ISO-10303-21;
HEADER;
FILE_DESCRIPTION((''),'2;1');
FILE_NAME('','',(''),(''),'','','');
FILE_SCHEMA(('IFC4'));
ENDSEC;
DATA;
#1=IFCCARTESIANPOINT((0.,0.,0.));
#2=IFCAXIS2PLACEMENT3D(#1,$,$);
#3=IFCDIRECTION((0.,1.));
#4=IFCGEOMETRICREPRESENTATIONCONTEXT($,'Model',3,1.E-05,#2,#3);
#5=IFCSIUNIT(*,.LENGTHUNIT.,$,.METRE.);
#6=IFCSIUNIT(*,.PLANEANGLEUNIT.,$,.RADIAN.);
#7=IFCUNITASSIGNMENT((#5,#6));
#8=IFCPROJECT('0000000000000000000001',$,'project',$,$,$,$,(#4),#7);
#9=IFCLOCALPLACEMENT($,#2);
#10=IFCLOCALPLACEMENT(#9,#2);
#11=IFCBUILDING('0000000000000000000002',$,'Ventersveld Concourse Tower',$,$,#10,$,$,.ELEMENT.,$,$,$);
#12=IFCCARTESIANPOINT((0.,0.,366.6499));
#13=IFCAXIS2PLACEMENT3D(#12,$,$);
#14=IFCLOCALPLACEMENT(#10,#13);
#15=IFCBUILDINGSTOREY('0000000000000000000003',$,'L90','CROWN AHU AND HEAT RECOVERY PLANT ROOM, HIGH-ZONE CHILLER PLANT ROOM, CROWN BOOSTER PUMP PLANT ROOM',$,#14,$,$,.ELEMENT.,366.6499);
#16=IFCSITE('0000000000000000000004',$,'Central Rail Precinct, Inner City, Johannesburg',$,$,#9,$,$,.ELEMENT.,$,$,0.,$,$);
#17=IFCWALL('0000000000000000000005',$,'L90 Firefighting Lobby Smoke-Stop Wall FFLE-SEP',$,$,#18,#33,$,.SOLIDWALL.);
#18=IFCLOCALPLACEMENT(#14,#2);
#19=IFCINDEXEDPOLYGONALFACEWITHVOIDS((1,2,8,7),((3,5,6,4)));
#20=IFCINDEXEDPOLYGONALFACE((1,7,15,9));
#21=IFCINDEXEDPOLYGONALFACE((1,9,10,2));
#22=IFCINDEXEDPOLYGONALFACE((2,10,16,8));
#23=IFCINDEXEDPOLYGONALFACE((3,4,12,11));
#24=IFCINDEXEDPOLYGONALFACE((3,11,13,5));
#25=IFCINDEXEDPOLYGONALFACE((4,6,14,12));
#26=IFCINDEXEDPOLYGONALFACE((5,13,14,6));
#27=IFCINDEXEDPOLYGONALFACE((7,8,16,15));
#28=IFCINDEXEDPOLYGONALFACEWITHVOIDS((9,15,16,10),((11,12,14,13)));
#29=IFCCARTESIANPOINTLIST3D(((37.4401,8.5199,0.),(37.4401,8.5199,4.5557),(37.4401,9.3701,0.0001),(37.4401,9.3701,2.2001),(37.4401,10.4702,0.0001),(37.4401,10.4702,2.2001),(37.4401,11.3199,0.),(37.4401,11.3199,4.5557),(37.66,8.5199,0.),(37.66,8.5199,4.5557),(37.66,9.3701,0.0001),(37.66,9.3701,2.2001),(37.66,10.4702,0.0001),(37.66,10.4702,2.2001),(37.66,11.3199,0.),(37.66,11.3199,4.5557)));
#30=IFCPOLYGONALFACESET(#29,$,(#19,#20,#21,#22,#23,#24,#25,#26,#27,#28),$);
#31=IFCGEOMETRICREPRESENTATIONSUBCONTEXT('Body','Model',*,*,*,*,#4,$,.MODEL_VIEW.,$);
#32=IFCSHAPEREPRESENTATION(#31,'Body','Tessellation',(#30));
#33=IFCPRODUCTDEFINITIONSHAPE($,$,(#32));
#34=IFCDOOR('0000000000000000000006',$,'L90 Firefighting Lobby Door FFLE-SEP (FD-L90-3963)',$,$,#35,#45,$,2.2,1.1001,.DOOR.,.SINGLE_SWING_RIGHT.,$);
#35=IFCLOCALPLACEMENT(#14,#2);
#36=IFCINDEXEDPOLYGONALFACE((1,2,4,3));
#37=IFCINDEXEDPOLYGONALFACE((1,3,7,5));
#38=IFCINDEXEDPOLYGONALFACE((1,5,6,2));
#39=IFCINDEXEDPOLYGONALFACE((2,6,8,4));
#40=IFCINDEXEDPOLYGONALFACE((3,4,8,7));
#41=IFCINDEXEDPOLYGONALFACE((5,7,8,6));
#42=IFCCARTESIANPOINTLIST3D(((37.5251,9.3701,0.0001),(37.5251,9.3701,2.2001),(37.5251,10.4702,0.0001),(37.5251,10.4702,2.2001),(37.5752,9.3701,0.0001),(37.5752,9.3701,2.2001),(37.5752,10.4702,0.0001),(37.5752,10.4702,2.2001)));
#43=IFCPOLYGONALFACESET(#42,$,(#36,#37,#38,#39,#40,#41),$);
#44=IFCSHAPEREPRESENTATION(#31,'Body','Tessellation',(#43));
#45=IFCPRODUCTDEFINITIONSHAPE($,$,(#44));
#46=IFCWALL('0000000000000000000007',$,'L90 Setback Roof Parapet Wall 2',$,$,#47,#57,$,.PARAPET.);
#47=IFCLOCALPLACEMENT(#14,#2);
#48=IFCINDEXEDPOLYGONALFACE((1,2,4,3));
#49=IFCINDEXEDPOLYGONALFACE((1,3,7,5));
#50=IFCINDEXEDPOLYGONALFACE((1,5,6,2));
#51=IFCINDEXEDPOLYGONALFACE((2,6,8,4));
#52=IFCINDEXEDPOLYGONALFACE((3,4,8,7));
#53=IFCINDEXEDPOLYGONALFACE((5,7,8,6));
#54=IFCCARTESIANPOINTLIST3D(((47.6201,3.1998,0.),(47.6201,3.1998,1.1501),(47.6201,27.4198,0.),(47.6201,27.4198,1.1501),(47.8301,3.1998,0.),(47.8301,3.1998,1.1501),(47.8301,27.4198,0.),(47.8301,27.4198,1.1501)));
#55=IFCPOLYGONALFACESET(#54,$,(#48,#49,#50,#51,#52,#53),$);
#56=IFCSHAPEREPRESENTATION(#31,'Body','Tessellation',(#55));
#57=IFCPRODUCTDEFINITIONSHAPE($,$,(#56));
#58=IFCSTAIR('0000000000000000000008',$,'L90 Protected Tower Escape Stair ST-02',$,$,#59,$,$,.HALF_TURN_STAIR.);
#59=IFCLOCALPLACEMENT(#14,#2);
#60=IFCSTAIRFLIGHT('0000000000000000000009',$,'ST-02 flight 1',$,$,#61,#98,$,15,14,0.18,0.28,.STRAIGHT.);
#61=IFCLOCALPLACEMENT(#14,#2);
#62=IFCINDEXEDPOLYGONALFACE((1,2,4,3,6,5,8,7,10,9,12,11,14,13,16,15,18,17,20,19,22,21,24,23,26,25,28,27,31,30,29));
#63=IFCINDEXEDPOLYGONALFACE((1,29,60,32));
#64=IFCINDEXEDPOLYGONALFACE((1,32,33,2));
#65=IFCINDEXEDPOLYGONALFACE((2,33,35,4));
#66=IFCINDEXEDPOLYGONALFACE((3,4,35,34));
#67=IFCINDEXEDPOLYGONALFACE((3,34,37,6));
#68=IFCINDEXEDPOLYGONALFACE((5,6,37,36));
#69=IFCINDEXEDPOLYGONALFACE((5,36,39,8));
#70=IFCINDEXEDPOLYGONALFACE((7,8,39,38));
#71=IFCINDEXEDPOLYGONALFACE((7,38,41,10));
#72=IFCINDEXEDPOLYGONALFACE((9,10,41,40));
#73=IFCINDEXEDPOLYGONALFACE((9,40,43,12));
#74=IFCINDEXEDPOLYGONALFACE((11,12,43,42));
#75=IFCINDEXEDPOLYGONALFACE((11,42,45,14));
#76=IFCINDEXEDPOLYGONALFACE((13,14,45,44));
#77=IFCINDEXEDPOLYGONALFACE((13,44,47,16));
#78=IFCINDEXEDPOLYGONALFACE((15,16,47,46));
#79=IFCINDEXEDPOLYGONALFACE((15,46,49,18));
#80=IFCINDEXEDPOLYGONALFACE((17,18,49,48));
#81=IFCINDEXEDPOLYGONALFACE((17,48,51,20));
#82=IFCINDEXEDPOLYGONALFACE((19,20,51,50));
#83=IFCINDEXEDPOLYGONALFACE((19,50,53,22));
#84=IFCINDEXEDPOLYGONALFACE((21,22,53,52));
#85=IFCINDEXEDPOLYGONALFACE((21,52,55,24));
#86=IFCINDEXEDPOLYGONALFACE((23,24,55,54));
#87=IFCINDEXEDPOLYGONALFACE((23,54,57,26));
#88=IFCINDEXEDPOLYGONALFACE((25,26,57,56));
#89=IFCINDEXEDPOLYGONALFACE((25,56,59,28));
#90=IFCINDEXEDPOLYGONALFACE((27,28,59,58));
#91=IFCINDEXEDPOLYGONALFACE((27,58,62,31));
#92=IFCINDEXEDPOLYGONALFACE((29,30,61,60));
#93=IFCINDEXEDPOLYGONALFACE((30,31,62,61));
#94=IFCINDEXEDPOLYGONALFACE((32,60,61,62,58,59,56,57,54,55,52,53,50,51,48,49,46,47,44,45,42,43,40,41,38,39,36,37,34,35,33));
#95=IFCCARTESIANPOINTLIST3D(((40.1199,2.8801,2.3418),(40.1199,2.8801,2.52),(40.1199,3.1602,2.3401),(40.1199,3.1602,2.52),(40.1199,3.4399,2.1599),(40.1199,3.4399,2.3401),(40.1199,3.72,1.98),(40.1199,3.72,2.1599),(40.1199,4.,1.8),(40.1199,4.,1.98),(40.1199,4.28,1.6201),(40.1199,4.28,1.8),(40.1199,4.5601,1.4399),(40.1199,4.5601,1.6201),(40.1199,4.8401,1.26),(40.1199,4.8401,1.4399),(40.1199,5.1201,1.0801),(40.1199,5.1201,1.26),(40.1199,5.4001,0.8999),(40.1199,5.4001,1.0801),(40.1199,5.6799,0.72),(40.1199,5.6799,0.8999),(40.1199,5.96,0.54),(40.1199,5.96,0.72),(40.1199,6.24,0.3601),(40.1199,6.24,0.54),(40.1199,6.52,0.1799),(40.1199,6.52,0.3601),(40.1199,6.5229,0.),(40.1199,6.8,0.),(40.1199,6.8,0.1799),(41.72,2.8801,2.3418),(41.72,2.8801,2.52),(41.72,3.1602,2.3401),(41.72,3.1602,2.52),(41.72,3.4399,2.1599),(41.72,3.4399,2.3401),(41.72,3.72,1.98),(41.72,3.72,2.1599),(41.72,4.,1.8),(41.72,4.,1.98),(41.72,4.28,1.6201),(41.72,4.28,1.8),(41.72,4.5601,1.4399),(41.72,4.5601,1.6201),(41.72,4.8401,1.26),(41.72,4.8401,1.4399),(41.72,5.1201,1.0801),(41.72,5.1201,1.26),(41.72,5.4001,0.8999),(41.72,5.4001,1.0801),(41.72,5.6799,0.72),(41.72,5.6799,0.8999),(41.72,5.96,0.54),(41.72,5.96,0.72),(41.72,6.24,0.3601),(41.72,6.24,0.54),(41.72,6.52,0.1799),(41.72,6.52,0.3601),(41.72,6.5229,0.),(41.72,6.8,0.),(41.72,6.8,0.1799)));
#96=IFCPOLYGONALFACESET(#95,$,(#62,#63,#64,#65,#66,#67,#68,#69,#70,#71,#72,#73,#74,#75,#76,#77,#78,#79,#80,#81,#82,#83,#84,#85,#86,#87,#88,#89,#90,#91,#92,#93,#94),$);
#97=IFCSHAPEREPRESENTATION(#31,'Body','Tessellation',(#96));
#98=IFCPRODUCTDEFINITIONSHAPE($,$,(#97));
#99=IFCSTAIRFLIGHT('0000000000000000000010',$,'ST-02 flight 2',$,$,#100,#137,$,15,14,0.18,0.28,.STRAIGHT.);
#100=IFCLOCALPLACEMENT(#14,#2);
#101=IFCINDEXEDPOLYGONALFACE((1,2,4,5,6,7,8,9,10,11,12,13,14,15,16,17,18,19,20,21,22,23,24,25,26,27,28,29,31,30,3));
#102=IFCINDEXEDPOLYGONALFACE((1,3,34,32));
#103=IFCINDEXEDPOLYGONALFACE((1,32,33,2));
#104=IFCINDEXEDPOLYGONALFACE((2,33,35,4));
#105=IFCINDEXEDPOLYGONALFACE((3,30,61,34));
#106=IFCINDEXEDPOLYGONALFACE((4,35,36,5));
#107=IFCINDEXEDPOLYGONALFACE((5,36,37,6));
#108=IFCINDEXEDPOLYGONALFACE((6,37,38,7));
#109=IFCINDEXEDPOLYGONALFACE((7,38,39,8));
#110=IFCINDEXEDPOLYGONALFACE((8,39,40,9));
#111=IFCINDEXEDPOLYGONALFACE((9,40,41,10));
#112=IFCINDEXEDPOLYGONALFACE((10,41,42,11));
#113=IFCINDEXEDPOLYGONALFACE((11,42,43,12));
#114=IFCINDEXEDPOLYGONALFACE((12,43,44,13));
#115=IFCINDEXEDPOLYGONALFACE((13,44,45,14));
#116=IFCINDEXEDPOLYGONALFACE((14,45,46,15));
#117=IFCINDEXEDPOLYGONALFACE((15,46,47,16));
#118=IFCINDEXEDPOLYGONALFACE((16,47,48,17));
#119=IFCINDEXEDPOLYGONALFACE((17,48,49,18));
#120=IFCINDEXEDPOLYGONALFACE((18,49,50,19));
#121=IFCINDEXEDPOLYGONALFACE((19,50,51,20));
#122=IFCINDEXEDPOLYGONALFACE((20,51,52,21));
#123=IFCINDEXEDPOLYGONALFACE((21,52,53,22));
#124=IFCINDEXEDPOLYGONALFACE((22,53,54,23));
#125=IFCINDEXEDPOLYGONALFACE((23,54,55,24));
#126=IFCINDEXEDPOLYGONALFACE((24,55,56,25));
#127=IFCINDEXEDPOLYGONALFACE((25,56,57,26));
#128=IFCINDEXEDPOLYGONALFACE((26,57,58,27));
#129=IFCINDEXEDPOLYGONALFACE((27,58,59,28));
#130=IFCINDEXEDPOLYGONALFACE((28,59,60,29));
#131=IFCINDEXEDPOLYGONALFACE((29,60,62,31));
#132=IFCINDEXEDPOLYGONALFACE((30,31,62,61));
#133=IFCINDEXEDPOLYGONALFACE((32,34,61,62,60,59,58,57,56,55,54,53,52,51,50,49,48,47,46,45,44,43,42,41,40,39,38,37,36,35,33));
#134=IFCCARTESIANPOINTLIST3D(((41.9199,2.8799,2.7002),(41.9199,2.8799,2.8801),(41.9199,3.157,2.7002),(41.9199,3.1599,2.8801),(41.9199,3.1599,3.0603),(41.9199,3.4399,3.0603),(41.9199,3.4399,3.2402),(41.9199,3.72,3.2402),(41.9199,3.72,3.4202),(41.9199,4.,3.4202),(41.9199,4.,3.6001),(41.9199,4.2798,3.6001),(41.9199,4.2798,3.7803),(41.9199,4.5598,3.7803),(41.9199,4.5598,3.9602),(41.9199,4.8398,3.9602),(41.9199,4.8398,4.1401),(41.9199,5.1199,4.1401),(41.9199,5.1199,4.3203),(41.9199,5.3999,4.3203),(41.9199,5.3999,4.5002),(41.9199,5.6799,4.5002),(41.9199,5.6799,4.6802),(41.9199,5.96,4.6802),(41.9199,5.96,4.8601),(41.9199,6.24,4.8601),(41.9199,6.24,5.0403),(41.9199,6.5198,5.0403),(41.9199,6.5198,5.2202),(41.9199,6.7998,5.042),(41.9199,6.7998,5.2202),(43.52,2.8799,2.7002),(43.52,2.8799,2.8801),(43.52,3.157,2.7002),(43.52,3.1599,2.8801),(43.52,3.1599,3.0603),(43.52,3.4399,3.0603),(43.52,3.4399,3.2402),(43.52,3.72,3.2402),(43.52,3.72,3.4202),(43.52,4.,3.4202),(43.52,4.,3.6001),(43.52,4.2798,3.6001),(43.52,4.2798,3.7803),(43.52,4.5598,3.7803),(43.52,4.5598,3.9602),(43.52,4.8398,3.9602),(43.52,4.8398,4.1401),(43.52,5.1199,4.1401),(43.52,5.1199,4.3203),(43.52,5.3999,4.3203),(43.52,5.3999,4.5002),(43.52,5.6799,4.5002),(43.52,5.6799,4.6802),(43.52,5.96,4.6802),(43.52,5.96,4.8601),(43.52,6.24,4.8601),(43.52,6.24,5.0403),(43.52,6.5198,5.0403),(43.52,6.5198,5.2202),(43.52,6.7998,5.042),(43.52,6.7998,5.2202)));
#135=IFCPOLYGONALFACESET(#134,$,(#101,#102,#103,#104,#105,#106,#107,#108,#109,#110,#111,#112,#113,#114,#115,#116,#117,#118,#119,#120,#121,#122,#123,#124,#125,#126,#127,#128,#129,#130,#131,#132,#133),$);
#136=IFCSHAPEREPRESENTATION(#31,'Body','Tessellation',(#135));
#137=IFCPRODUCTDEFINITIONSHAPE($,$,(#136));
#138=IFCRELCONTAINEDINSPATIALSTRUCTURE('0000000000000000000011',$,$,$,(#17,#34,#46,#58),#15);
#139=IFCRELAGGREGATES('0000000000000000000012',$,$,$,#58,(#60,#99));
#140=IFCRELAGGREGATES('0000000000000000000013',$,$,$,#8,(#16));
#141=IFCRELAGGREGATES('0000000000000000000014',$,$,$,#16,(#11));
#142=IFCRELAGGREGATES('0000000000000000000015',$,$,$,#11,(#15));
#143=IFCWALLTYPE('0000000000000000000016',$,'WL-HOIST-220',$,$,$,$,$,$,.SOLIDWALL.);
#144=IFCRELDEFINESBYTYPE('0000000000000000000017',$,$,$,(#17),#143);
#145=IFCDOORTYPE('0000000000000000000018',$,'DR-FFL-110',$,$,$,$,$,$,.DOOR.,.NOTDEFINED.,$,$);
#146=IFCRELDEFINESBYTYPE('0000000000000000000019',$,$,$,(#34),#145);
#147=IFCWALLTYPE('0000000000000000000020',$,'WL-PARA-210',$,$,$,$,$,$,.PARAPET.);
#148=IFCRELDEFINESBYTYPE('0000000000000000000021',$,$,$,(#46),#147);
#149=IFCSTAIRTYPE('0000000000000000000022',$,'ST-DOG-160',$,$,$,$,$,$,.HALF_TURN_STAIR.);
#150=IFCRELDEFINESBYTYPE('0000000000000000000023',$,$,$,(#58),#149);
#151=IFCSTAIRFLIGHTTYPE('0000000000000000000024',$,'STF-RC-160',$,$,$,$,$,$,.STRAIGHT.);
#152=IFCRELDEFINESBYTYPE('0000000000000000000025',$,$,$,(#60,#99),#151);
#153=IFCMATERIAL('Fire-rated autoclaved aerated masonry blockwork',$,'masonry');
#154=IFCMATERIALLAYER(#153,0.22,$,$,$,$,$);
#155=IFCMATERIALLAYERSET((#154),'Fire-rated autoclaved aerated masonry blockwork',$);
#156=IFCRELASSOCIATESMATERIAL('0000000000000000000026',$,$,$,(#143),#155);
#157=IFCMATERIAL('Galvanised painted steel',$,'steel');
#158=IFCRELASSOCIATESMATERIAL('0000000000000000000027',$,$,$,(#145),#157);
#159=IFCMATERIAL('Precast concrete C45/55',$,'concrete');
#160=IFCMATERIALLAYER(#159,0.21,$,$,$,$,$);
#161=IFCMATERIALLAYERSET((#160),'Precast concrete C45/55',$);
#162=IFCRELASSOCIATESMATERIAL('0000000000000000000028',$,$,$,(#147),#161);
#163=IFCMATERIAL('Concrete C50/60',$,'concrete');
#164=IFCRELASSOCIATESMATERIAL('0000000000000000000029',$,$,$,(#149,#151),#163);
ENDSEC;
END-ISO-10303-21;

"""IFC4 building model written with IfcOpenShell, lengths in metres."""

from ifc_helpers import new_model, si_unit, direction, frame, frame_2d, origin, place, context, subcontext, project, spatial, polyline, rectangle, outline, extrude, material, layer, layer_set, type_object, element, fill, aggregate, save


model = new_model("IFC4")

# Units and contexts
model_context = context("Model", 3, precision=1e-05, world=origin(), true_north=direction((0.0, 1.0)))
body_context = subcontext(model_context, "Body", "Model", "MODEL_VIEW")
ifc_project = project(units=[si_unit("LENGTHUNIT", "METRE"), si_unit("PLANEANGLEUNIT", "RADIAN")], contexts=[model_context])

# Site, building, storey
site_placement = place(None, origin())
site = spatial("IfcSite", under=ifc_project, at=site_placement, Name="Central Rail Precinct, Inner City, Johannesburg", CompositionType="ELEMENT", RefElevation=0.0)
building_placement = place(site_placement, origin())
building = spatial("IfcBuilding", under=site, at=building_placement, Name="Ventersveld Concourse Tower", CompositionType="ELEMENT")
storey_placement = place(building_placement, frame((0.0, 0.0, 366.6499)))
storey = spatial("IfcBuildingStorey", under=building, at=storey_placement, Name="L90", Description="CROWN AHU AND HEAT RECOVERY PLANT ROOM, HIGH-ZONE CHILLER PLANT ROOM, CROWN BOOSTER PUMP PLANT ROOM", CompositionType="ELEMENT", Elevation=366.6499)

# Shared definitions
ifc_material_1 = material(Name="Precast concrete C45/55", Category="concrete")

# Shared definitions
ifc_material_2 = material(Name="Concrete C50/60", Category="concrete")
ifc_material_3 = material(Name="Fire-rated autoclaved aerated masonry blockwork", Category="masonry")
ifc_layer_1 = layer(ifc_material_3, 0.22)
ifc_layer_set_1 = layer_set([ifc_layer_1], Name="Fire-rated autoclaved aerated masonry blockwork")
wall_type_1 = type_object("IfcWallType", Name="WL-HOIST-220", PredefinedType="SOLIDWALL", material=ifc_layer_set_1)

# Wall, opening, door
ifc_material_4 = material(Name="Galvanised painted steel", Category="steel")
wall_1_placement = place(storey_placement, frame((37.55, 8.52, 0.0), z_axis=(0.0, 0.0, 1.0), x_axis=(0.0, 1.0, 0.0)))
wall_1 = element("IfcWall", 1, at=wall_1_placement, inside=storey, type_object=wall_type_1, Name="L90 Firefighting Lobby Smoke-Stop Wall FFLE-SEP", PredefinedType="SOLIDWALL", context=body_context, shape_type="SweptSolid", body=[
    extrude(rectangle(XDim=2.8, YDim=0.22, at=frame_2d((1.3999, 0.0))), origin(), (0.0, 0.0, 1.0), 4.5557),
])
opening_1_placement = place(wall_1_placement, frame((0.8501, 0.0, 0.0)))
opening_1 = element("IfcOpeningElement", 2, at=opening_1_placement, cuts=wall_1, PredefinedType="OPENING", context=body_context, shape_type="SweptSolid", body=[
    extrude(rectangle(XDim=1.1001, YDim=2.2, at=frame_2d((0.55, 1.1001))), frame((0.0, 0.1201, 0.0), z_axis=(0.0, -1.0, 0.0), x_axis=(1.0, 0.0, 0.0)), (0.0, 0.0, 1.0), 0.24),
])
door_type_1 = type_object("IfcDoorType", Name="DR-FFL-110", OperationType="NOTDEFINED", PredefinedType="DOOR", material=ifc_material_4)
door_1_placement = place(opening_1_placement, origin())
door_1 = element("IfcDoor", 3, at=door_1_placement, inside=storey, type_object=door_type_1, Name="L90 Firefighting Lobby Door FFLE-SEP (FD-L90-3963)", OperationType="SINGLE_SWING_RIGHT", OverallHeight=2.2, OverallWidth=1.1001, PredefinedType="DOOR", context=body_context, shape_type="SweptSolid", body=[
    extrude(rectangle(XDim=1.1001, YDim=2.2, at=frame_2d((0.55, 1.1001))), frame((0.0, 0.0249, 0.0), z_axis=(0.0, -1.0, 0.0), x_axis=(1.0, 0.0, 0.0)), (0.0, 0.0, 1.0), 0.05),
])
fill(opening_1, door_1)

# Wall
ifc_layer_2 = layer(ifc_material_1, 0.21)
ifc_layer_set_2 = layer_set([ifc_layer_2], Name="Precast concrete C45/55")
wall_type_2 = type_object("IfcWallType", Name="WL-PARA-210", PredefinedType="PARAPET", material=ifc_layer_set_2)
wall_2_placement = place(storey_placement, frame((47.7251, 3.2, 0.0), z_axis=(0.0, 0.0, 1.0), x_axis=(0.0, 1.0, 0.0)))
element("IfcWall", 4, at=wall_2_placement, inside=storey, type_object=wall_type_2, Name="L90 Setback Roof Parapet Wall 2", PredefinedType="PARAPET", context=body_context, shape_type="SweptSolid", body=[
    extrude(rectangle(XDim=24.22, YDim=0.21, at=frame_2d((12.1099, 0.0))), origin(), (0.0, 0.0, 1.0), 1.1501),
])

# Stair, stair flights
stair_type = type_object("IfcStairType", Name="ST-DOG-160", PredefinedType="HALF_TURN_STAIR", material=ifc_material_2)
stair_placement = place(storey_placement, origin())
stair = element("IfcStair", 5, at=stair_placement, inside=storey, type_object=stair_type, Name="L90 Protected Tower Escape Stair ST-02", PredefinedType="HALF_TURN_STAIR")
stair_flight_type = type_object("IfcStairFlightType", Name="STF-RC-160", PredefinedType="STRAIGHT", material=ifc_material_2)
stair_flight_1_placement = place(storey_placement, frame((40.9199, 6.8, 0.0), z_axis=(0.0, 0.0, 1.0), x_axis=(0.0, -1.0, 0.0)))
stair_flight_1 = element("IfcStairFlight", 6, at=stair_flight_1_placement, type_object=stair_flight_type, Name="ST-02 flight 1", NumberOfRisers=15, NumberOfTreads=14, PredefinedType="STRAIGHT", RiserHeight=0.18, TreadLength=0.28, context=body_context, shape_type="SweptSolid", body=[
    extrude(outline(polyline([(0.0, 0.0), (0.0, 0.1799), (0.28, 0.1799), (0.28, 0.3601), (0.5601, 0.3601), (0.5601, 0.54), (0.8401, 0.54), (0.8401, 0.72), (1.1201, 0.72), (1.1201, 0.8999), (1.3999, 0.8999), (1.3999, 1.0801), (1.6799, 1.0801), (1.6799, 1.26), (1.96, 1.26), (1.96, 1.4399), (2.24, 1.4399), (2.24, 1.6201), (2.52, 1.6201), (2.52, 1.8), (2.8, 1.8), (2.8, 1.98), (3.0801, 1.98), (3.0801, 2.1599), (3.3601, 2.1599), (3.3601, 2.3401), (3.6399, 2.3401), (3.6399, 2.52), (3.9199, 2.52), (3.9199, 2.7), (3.9199, 2.3418), (0.2771, 0.0), (0.0, 0.0)])), frame((0.0, 0.8, 0.0), z_axis=(0.0, -1.0, 0.0), x_axis=(1.0, 0.0, 0.0)), (0.0, 0.0, 1.0), 1.6001),
])
stair_flight_2_placement = place(storey_placement, frame((42.72, 2.8799, 2.7002), z_axis=(0.0, 0.0, 1.0), x_axis=(0.0, 1.0, 0.0)))
stair_flight_2 = element("IfcStairFlight", 7, at=stair_flight_2_placement, type_object=stair_flight_type, Name="ST-02 flight 2", NumberOfRisers=15, NumberOfTreads=14, PredefinedType="STRAIGHT", RiserHeight=0.18, TreadLength=0.28, context=body_context, shape_type="SweptSolid", body=[
    extrude(outline(polyline([(0.0, 0.0), (0.0, 0.1799), (0.28, 0.1799), (0.28, 0.3601), (0.5601, 0.3601), (0.5601, 0.54), (0.8401, 0.54), (0.8401, 0.72), (1.1201, 0.72), (1.1201, 0.8999), (1.3999, 0.8999), (1.3999, 1.0801), (1.6799, 1.0801), (1.6799, 1.26), (1.96, 1.26), (1.96, 1.4399), (2.24, 1.4399), (2.24, 1.6201), (2.52, 1.6201), (2.52, 1.8), (2.8, 1.8), (2.8, 1.98), (3.0801, 1.98), (3.0801, 2.1599), (3.3601, 2.1599), (3.3601, 2.3401), (3.6399, 2.3401), (3.6399, 2.52), (3.9199, 2.52), (3.9199, 2.7), (3.9199, 2.3418), (0.2771, 0.0), (0.0, 0.0)])), frame((0.0, 0.8, 0.0), z_axis=(0.0, -1.0, 0.0), x_axis=(1.0, 0.0, 0.0)), (0.0, 0.0, 1.0), 1.6001),
])
aggregate(stair, [stair_flight_1, stair_flight_2])

save(model, "model.ifc")
